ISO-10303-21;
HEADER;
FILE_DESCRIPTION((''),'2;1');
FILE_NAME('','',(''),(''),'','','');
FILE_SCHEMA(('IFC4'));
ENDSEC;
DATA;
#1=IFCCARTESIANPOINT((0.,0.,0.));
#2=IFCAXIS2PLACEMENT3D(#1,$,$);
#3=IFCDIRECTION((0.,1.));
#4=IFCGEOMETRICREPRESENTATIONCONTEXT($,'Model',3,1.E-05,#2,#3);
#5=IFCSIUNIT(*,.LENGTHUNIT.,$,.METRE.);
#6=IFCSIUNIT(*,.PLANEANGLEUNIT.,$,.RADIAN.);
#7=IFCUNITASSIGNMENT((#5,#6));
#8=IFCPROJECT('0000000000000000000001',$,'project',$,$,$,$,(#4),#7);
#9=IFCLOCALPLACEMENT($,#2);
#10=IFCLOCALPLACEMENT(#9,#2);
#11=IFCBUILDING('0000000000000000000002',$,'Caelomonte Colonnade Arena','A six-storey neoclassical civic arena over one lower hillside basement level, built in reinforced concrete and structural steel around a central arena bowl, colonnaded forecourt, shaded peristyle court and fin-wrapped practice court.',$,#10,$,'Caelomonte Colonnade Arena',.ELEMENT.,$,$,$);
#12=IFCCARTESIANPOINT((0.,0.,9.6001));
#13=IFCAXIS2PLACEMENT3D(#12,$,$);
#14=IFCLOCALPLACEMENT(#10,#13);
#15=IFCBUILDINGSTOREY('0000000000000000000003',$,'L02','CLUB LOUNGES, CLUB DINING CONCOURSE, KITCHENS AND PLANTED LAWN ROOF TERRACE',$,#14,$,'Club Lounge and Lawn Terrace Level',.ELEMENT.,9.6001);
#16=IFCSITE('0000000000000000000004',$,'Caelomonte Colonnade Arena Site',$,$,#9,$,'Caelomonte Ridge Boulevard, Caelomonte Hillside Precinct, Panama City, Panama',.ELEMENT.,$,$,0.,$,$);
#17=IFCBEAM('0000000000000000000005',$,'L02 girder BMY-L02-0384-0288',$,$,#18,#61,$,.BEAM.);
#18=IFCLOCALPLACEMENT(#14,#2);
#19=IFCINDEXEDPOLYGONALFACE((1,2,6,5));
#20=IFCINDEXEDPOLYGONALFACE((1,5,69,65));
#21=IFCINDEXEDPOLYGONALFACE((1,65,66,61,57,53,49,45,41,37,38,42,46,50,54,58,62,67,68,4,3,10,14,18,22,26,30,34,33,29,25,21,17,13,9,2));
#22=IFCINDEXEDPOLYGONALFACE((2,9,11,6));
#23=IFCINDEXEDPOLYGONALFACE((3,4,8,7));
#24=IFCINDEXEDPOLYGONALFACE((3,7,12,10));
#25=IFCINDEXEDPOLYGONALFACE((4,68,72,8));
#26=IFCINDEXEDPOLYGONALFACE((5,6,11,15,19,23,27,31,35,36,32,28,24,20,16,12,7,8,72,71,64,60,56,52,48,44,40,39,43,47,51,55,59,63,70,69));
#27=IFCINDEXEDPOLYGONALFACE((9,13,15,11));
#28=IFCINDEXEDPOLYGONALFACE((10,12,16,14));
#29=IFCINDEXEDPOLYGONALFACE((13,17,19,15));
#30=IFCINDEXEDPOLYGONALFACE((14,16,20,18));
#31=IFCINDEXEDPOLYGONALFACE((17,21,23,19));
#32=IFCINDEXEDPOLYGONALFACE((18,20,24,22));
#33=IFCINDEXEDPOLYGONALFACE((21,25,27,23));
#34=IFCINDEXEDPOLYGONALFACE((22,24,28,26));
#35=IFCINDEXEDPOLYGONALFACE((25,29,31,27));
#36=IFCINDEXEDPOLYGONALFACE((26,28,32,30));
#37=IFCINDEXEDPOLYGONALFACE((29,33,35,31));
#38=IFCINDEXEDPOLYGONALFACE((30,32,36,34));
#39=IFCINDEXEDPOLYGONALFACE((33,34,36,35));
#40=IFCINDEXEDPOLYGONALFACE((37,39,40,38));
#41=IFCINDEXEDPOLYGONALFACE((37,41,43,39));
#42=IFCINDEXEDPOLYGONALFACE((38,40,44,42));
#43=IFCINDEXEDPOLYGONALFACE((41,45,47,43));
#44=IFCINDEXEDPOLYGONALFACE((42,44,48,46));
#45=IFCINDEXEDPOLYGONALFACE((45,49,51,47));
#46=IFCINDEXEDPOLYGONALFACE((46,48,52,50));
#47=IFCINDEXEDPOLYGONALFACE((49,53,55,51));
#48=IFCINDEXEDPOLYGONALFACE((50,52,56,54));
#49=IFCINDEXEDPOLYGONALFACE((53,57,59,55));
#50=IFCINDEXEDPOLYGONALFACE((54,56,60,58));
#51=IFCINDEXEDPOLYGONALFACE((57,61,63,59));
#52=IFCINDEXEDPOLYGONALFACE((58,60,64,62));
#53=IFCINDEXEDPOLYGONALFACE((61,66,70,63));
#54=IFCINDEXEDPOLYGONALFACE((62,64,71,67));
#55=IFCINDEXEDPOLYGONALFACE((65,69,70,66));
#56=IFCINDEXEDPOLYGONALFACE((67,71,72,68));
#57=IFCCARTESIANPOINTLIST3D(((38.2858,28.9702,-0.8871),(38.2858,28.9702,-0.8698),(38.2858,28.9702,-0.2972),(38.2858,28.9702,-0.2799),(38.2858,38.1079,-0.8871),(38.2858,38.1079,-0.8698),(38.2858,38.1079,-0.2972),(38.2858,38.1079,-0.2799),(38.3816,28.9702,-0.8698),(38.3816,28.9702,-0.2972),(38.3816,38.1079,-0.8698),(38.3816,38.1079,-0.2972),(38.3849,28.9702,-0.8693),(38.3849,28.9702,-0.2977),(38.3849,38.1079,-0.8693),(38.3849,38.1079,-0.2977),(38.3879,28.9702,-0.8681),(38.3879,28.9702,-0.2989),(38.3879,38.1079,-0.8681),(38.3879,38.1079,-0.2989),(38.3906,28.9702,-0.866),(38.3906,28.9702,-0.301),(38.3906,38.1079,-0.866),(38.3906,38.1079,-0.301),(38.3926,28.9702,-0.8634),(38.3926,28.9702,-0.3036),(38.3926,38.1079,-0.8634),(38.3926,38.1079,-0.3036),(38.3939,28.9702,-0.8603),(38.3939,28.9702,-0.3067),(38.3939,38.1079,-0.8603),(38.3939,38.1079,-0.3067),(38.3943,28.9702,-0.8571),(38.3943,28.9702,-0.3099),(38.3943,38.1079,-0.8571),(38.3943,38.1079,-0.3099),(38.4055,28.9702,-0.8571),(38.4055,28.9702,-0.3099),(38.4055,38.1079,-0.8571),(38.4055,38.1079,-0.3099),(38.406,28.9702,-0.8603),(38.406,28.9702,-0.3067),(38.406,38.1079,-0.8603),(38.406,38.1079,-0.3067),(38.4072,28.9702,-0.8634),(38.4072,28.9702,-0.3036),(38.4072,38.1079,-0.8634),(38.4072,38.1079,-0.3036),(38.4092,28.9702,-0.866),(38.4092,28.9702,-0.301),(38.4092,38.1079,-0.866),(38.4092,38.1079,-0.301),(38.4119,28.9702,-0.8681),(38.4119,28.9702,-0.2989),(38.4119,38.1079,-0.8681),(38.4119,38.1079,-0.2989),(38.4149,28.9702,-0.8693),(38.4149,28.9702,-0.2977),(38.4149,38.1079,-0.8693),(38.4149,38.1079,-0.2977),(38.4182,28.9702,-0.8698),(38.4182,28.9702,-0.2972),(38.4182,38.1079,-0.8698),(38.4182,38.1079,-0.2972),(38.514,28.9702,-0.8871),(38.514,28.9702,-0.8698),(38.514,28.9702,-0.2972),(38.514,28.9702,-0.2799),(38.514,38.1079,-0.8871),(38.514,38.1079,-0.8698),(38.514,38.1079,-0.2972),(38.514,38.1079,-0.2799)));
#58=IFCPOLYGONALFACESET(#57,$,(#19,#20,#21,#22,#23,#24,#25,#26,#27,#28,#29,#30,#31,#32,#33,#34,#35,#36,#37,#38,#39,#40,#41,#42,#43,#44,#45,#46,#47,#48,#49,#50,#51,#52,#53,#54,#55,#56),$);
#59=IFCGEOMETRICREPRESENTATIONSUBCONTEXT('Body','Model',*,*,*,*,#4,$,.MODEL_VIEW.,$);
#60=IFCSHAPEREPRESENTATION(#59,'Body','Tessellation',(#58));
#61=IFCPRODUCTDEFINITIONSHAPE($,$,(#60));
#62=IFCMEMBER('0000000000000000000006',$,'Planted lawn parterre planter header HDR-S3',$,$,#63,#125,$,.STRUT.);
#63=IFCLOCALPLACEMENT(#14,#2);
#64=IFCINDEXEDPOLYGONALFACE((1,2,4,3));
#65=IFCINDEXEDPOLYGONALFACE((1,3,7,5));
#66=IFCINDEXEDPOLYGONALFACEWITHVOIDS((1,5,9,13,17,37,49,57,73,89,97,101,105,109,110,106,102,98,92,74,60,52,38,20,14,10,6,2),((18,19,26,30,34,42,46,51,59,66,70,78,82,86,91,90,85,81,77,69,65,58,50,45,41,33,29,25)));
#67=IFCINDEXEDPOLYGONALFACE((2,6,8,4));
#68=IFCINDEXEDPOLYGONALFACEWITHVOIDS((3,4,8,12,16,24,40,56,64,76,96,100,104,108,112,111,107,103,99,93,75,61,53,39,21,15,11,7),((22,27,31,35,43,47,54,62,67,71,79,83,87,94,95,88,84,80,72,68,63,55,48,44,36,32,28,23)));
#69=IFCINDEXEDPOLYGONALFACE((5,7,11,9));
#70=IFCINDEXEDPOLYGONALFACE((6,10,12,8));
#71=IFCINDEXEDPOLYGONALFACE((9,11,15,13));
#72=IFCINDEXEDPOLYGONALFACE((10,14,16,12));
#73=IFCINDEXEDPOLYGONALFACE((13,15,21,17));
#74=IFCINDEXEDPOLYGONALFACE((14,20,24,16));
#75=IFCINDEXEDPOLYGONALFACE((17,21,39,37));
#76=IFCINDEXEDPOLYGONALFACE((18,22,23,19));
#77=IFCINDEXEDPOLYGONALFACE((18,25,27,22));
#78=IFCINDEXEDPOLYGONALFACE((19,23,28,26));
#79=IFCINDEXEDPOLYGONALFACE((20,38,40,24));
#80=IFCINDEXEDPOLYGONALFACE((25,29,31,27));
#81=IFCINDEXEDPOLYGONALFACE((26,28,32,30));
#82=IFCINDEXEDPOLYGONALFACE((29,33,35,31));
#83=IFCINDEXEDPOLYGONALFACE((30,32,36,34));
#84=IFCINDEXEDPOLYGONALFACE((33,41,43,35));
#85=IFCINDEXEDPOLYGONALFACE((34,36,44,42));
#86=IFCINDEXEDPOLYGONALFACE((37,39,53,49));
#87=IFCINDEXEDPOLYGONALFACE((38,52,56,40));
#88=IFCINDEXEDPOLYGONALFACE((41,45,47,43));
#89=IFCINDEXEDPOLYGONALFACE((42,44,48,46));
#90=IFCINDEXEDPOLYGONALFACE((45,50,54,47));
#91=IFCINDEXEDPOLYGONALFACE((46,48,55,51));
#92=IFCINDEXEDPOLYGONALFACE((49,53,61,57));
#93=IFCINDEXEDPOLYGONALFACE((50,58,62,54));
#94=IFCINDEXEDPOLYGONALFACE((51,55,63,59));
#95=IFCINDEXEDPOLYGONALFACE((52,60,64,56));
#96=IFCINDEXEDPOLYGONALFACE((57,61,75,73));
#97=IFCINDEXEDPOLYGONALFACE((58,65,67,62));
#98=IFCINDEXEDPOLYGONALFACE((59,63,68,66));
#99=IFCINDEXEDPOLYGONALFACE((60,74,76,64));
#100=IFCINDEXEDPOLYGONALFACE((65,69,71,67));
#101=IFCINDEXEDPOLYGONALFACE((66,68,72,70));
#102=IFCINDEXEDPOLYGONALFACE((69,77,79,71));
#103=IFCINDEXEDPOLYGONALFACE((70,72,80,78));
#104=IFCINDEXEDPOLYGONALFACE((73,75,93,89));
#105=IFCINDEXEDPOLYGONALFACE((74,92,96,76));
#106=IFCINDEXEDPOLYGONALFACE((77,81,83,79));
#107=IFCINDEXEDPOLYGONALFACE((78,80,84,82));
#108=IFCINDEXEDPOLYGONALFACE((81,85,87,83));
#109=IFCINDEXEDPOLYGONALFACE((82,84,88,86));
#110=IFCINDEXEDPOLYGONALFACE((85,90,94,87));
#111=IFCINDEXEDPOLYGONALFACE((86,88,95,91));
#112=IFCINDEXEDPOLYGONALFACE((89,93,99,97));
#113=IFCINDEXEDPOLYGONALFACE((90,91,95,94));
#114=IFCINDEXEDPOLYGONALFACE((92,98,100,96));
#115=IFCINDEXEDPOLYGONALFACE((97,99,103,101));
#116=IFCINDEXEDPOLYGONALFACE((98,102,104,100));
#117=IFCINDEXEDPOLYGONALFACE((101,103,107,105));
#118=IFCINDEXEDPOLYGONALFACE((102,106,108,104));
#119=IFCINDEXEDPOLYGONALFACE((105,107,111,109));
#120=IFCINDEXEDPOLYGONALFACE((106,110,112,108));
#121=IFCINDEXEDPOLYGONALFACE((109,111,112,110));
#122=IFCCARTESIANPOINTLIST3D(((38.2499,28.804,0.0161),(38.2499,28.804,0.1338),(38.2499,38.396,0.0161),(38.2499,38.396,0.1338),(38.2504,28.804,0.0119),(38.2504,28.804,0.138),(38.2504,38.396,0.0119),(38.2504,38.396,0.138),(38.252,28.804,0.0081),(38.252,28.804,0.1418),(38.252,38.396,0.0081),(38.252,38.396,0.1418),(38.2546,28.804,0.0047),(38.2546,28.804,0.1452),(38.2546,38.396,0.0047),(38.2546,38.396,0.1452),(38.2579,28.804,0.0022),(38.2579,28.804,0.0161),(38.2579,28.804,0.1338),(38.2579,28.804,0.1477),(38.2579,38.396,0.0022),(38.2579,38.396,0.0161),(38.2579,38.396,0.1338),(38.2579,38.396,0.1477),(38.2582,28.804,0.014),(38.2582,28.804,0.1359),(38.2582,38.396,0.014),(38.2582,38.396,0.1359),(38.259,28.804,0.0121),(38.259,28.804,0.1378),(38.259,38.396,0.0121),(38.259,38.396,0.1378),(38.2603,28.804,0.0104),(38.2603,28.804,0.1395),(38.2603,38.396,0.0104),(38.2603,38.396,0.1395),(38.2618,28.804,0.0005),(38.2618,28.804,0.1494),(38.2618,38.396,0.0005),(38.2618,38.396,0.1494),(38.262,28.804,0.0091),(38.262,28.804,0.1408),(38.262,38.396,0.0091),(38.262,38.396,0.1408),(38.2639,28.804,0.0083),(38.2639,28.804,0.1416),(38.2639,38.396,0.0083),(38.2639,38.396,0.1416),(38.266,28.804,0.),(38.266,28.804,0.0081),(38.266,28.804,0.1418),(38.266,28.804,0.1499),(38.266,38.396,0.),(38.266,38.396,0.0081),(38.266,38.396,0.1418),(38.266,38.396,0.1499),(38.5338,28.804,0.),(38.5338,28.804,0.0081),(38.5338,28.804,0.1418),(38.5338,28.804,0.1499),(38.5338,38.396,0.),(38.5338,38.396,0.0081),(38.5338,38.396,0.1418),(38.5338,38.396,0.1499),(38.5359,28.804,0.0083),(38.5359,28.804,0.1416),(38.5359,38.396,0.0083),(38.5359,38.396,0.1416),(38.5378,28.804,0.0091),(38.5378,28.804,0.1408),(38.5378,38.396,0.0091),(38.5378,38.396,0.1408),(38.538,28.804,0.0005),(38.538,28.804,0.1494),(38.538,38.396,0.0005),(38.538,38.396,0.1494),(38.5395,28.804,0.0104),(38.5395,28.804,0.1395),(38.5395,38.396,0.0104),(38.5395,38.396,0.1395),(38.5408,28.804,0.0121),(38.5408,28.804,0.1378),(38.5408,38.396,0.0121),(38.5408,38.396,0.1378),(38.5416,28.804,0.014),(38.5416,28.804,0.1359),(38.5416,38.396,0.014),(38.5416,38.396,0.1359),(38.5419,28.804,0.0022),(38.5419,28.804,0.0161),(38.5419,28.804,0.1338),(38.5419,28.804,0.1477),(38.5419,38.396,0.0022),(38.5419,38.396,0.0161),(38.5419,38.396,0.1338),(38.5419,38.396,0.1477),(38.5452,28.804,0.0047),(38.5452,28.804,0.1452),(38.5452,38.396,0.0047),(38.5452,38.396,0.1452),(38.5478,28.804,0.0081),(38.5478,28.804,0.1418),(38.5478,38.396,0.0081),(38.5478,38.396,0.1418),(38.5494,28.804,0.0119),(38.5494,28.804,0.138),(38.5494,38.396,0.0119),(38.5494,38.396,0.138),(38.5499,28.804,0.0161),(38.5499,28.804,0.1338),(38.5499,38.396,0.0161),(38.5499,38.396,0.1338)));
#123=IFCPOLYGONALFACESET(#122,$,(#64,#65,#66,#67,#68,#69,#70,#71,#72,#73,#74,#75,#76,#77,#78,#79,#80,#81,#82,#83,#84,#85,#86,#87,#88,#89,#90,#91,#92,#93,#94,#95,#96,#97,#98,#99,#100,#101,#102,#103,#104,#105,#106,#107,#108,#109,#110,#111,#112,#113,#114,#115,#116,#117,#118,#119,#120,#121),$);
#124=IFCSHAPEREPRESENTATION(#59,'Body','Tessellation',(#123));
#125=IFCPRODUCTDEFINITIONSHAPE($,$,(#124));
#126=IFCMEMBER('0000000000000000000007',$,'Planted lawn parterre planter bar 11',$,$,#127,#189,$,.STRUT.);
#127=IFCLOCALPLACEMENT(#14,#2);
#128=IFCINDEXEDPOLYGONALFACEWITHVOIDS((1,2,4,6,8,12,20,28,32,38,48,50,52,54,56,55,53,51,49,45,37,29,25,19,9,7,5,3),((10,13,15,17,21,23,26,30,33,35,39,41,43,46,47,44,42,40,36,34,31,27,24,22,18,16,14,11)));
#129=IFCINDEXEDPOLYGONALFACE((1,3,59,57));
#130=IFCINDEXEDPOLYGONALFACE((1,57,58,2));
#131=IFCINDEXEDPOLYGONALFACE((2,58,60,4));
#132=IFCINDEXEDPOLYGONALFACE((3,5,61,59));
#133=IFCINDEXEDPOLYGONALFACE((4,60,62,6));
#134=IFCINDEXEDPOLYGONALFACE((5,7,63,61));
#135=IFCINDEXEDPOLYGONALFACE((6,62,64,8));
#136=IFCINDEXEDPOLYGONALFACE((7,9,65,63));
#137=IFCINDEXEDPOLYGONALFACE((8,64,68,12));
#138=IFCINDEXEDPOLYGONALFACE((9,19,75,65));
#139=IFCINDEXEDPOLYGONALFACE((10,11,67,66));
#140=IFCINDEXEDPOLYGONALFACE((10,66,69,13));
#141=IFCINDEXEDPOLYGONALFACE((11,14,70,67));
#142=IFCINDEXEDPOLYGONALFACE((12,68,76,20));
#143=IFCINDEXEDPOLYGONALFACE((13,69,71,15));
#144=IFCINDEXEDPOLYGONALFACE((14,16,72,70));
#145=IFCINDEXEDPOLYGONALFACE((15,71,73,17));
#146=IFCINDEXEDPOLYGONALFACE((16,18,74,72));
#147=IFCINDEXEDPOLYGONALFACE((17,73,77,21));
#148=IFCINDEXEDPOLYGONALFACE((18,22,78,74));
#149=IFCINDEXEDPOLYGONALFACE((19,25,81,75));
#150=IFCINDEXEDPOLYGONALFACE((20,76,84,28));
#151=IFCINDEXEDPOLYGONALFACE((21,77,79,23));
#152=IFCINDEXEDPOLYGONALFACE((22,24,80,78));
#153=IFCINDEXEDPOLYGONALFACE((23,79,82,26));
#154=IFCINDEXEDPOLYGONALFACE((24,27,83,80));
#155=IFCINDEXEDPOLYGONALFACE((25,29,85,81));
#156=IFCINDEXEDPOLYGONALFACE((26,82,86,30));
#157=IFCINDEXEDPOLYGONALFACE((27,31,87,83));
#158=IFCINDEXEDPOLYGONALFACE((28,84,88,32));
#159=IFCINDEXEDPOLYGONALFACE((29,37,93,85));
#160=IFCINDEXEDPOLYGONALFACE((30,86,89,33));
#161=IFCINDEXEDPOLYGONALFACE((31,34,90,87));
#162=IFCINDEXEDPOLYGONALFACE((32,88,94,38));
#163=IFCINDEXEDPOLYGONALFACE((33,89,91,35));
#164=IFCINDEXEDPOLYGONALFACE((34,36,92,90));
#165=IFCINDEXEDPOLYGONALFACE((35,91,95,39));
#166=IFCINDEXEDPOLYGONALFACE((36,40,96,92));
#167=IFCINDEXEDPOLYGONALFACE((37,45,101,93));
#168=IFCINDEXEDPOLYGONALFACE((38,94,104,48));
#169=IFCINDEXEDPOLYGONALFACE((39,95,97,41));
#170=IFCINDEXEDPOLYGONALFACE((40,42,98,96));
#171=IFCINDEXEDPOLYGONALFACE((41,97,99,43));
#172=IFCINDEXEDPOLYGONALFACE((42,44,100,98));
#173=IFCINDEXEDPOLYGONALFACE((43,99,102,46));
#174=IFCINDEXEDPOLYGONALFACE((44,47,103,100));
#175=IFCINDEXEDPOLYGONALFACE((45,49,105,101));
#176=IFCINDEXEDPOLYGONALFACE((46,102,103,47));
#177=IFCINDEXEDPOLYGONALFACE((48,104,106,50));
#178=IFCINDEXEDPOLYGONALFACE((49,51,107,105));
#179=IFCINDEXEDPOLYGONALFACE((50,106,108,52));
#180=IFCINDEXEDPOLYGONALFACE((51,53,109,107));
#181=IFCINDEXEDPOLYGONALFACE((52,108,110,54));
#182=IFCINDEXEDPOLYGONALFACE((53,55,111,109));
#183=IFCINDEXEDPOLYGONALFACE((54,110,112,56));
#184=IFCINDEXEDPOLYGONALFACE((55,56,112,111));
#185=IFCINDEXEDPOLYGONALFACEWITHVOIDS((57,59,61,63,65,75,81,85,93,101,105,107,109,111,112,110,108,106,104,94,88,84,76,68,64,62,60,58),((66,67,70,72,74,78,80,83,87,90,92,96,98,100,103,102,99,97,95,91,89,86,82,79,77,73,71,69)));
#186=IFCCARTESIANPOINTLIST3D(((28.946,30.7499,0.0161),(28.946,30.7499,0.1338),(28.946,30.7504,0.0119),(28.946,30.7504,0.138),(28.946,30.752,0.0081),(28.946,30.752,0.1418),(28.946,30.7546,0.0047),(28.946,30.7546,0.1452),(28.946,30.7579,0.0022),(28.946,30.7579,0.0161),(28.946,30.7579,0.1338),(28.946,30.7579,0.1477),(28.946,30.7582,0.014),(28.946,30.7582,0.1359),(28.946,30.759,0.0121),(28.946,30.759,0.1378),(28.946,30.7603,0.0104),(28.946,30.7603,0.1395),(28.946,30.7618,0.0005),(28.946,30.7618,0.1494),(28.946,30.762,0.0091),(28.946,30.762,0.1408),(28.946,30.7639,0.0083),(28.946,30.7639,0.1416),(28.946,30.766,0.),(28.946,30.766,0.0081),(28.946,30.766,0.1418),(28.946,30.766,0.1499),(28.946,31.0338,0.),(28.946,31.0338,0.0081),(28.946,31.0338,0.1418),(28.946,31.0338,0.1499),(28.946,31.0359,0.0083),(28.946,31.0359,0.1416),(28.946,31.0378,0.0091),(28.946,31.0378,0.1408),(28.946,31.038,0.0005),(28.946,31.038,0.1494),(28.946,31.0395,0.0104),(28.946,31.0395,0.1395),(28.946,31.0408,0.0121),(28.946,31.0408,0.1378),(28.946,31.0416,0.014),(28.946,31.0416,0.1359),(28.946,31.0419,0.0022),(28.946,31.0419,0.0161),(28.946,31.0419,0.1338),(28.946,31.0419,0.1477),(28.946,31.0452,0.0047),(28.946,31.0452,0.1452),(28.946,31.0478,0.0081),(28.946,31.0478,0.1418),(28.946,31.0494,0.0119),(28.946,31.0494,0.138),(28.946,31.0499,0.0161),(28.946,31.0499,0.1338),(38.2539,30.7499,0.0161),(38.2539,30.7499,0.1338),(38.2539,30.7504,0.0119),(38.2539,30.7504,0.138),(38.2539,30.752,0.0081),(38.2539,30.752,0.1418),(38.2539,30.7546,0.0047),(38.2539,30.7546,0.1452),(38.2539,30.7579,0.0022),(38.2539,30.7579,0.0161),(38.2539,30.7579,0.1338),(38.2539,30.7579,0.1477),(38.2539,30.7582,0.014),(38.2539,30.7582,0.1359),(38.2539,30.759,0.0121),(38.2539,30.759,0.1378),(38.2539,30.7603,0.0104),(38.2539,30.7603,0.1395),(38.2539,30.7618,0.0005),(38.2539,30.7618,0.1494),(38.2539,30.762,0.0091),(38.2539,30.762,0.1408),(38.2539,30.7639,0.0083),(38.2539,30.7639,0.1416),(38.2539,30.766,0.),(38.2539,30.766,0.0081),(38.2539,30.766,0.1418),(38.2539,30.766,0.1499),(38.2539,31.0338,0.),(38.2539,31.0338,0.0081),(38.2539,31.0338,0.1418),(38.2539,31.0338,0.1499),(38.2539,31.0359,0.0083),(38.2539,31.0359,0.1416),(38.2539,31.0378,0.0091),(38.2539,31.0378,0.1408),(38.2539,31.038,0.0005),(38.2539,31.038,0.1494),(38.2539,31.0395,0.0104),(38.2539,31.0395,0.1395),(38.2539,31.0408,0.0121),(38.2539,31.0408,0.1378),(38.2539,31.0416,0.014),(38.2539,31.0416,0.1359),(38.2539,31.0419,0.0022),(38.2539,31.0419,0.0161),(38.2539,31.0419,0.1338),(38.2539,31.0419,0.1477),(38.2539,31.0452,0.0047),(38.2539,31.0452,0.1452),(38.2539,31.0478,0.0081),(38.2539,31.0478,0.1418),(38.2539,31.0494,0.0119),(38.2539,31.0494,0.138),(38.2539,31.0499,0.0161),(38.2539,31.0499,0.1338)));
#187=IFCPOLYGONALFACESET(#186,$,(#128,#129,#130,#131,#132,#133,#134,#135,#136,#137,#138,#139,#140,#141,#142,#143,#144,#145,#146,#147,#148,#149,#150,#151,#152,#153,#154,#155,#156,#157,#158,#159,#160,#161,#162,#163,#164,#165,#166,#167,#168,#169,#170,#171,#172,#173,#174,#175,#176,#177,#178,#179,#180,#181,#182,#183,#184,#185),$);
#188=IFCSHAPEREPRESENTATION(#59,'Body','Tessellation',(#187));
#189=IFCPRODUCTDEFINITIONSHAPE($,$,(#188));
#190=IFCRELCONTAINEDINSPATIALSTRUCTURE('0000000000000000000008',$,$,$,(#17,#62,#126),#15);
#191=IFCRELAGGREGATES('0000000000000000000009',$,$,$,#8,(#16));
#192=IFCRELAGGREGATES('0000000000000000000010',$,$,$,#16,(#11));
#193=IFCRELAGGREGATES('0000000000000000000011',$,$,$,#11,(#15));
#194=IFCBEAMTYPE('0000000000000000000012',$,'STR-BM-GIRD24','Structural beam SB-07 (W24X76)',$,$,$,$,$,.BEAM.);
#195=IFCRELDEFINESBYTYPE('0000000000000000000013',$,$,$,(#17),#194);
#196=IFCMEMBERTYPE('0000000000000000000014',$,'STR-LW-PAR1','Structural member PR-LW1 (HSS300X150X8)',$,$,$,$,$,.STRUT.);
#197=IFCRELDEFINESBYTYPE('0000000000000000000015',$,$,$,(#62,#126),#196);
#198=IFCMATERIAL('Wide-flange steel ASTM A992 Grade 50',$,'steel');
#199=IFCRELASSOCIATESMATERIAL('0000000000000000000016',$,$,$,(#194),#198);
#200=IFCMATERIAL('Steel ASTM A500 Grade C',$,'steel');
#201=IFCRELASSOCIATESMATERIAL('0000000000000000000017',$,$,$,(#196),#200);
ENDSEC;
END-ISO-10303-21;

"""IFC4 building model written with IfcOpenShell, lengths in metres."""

from ifc_helpers import new_model, si_unit, direction, frame, origin, origin_2d, place, context, subcontext, project, spatial, hollow_rectangle, i_section, extrude, material, material_profile, profile_set, type_object, element, save


model = new_model("IFC4")

# Units and contexts
model_context = context("Model", 3, precision=1e-05, world=origin(), true_north=direction((0.0, 1.0)))
body_context = subcontext(model_context, "Body", "Model", "MODEL_VIEW")
ifc_project = project(units=[si_unit("LENGTHUNIT", "METRE"), si_unit("PLANEANGLEUNIT", "RADIAN")], contexts=[model_context])

# Site, building, storey
site_placement = place(None, origin())
site = spatial("IfcSite", under=ifc_project, at=site_placement, Name="Caelomonte Colonnade Arena Site", LongName="Caelomonte Ridge Boulevard, Caelomonte Hillside Precinct, Panama City, Panama", CompositionType="ELEMENT", RefElevation=0.0)
building_placement = place(site_placement, origin())
building = spatial("IfcBuilding", under=site, at=building_placement, Name="Caelomonte Colonnade Arena", Description="A six-storey neoclassical civic arena over one lower hillside basement level, built in reinforced concrete and structural steel around a central arena bowl, colonnaded forecourt, shaded peristyle court and fin-wrapped practice court.", LongName="Caelomonte Colonnade Arena", CompositionType="ELEMENT")
storey_placement = place(building_placement, frame((0.0, 0.0, 9.6001)))
storey = spatial("IfcBuildingStorey", under=building, at=storey_placement, Name="L02", Description="CLUB LOUNGES, CLUB DINING CONCOURSE, KITCHENS AND PLANTED LAWN ROOF TERRACE", LongName="Club Lounge and Lawn Terrace Level", CompositionType="ELEMENT", Elevation=9.6001)

# Beam
ifc_material_1 = material(Name="Wide-flange steel ASTM A992 Grade 50", Category="steel")
ifc_material_profile_1 = material_profile(ifc_material_1, i_section(OverallWidth=0.2283, OverallDepth=0.6072, WebThickness=0.0112, FlangeThickness=0.0173, FilletRadius=0.0127, at=origin_2d()), Name="W24X76")
ifc_profile_set_1 = profile_set([ifc_material_profile_1], Name="Wide-flange steel ASTM A992 Grade 50")
beam_type = type_object("IfcBeamType", Name="STR-BM-GIRD24", Description="Structural beam SB-07 (W24X76)", PredefinedType="BEAM", material=ifc_profile_set_1)
beam_placement = place(storey_placement, frame((38.3999, 28.9702, -0.5835), z_axis=(0.0, 1.0, 0.0), x_axis=(-1.0, 0.0, 0.0)))
element("IfcBeam", 1, at=beam_placement, inside=storey, type_object=beam_type, Name="L02 girder BMY-L02-0384-0288", PredefinedType="BEAM", context=body_context, shape_type="SweptSolid", body=[
    extrude(i_section(OverallWidth=0.2283, OverallDepth=0.6072, WebThickness=0.0112, FlangeThickness=0.0173, FilletRadius=0.0127, at=origin_2d()), origin(), (0.0, 0.0, 1.0), 9.1377),
])

# Members
ifc_material_2 = material(Name="Steel ASTM A500 Grade C", Category="steel")
ifc_material_profile_2 = material_profile(ifc_material_2, hollow_rectangle(XDim=0.3, YDim=0.1499, WallThickness=0.0081, InnerFilletRadius=0.0081, OuterFilletRadius=0.0161, at=origin_2d()), Name="HSS300X150X8")
ifc_profile_set_2 = profile_set([ifc_material_profile_2], Name="Steel ASTM A500 Grade C")
member_type = type_object("IfcMemberType", Name="STR-LW-PAR1", Description="Structural member PR-LW1 (HSS300X150X8)", PredefinedType="STRUT", material=ifc_profile_set_2)
member_placement = place(storey_placement, frame((38.3999, 28.804, 0.075), z_axis=(0.0, 1.0, 0.0), x_axis=(-1.0, 0.0, 0.0)))
element("IfcMember", 2, at=member_placement, inside=storey, type_object=member_type, Name="Planted lawn parterre planter header HDR-S3", PredefinedType="STRUT", context=body_context, shape_type="SweptSolid", body=[
    extrude(hollow_rectangle(XDim=0.3, YDim=0.1499, WallThickness=0.0081, InnerFilletRadius=0.0081, OuterFilletRadius=0.0161, at=origin_2d()), origin(), (0.0, 0.0, 1.0), 9.592),
])
for number, where, z_axis, x_axis, name in (
    (3, (28.946, 30.8999, 0.075), (1.0, 0.0, 0.0), (0.0, 1.0, 0.0), "Planted lawn parterre planter bar 11"),
):
    element("IfcMember", number, at=place(storey_placement, frame(where, z_axis=z_axis, x_axis=x_axis)), inside=storey, type_object=member_type, Name=name, PredefinedType="STRUT", context=body_context, shape_type="SweptSolid", body=[
        extrude(hollow_rectangle(XDim=0.3, YDim=0.1499, WallThickness=0.0081, InnerFilletRadius=0.0081, OuterFilletRadius=0.0161, at=origin_2d()), origin(), (0.0, 0.0, 1.0), 9.3079),
    ])

save(model, "model.ifc")
